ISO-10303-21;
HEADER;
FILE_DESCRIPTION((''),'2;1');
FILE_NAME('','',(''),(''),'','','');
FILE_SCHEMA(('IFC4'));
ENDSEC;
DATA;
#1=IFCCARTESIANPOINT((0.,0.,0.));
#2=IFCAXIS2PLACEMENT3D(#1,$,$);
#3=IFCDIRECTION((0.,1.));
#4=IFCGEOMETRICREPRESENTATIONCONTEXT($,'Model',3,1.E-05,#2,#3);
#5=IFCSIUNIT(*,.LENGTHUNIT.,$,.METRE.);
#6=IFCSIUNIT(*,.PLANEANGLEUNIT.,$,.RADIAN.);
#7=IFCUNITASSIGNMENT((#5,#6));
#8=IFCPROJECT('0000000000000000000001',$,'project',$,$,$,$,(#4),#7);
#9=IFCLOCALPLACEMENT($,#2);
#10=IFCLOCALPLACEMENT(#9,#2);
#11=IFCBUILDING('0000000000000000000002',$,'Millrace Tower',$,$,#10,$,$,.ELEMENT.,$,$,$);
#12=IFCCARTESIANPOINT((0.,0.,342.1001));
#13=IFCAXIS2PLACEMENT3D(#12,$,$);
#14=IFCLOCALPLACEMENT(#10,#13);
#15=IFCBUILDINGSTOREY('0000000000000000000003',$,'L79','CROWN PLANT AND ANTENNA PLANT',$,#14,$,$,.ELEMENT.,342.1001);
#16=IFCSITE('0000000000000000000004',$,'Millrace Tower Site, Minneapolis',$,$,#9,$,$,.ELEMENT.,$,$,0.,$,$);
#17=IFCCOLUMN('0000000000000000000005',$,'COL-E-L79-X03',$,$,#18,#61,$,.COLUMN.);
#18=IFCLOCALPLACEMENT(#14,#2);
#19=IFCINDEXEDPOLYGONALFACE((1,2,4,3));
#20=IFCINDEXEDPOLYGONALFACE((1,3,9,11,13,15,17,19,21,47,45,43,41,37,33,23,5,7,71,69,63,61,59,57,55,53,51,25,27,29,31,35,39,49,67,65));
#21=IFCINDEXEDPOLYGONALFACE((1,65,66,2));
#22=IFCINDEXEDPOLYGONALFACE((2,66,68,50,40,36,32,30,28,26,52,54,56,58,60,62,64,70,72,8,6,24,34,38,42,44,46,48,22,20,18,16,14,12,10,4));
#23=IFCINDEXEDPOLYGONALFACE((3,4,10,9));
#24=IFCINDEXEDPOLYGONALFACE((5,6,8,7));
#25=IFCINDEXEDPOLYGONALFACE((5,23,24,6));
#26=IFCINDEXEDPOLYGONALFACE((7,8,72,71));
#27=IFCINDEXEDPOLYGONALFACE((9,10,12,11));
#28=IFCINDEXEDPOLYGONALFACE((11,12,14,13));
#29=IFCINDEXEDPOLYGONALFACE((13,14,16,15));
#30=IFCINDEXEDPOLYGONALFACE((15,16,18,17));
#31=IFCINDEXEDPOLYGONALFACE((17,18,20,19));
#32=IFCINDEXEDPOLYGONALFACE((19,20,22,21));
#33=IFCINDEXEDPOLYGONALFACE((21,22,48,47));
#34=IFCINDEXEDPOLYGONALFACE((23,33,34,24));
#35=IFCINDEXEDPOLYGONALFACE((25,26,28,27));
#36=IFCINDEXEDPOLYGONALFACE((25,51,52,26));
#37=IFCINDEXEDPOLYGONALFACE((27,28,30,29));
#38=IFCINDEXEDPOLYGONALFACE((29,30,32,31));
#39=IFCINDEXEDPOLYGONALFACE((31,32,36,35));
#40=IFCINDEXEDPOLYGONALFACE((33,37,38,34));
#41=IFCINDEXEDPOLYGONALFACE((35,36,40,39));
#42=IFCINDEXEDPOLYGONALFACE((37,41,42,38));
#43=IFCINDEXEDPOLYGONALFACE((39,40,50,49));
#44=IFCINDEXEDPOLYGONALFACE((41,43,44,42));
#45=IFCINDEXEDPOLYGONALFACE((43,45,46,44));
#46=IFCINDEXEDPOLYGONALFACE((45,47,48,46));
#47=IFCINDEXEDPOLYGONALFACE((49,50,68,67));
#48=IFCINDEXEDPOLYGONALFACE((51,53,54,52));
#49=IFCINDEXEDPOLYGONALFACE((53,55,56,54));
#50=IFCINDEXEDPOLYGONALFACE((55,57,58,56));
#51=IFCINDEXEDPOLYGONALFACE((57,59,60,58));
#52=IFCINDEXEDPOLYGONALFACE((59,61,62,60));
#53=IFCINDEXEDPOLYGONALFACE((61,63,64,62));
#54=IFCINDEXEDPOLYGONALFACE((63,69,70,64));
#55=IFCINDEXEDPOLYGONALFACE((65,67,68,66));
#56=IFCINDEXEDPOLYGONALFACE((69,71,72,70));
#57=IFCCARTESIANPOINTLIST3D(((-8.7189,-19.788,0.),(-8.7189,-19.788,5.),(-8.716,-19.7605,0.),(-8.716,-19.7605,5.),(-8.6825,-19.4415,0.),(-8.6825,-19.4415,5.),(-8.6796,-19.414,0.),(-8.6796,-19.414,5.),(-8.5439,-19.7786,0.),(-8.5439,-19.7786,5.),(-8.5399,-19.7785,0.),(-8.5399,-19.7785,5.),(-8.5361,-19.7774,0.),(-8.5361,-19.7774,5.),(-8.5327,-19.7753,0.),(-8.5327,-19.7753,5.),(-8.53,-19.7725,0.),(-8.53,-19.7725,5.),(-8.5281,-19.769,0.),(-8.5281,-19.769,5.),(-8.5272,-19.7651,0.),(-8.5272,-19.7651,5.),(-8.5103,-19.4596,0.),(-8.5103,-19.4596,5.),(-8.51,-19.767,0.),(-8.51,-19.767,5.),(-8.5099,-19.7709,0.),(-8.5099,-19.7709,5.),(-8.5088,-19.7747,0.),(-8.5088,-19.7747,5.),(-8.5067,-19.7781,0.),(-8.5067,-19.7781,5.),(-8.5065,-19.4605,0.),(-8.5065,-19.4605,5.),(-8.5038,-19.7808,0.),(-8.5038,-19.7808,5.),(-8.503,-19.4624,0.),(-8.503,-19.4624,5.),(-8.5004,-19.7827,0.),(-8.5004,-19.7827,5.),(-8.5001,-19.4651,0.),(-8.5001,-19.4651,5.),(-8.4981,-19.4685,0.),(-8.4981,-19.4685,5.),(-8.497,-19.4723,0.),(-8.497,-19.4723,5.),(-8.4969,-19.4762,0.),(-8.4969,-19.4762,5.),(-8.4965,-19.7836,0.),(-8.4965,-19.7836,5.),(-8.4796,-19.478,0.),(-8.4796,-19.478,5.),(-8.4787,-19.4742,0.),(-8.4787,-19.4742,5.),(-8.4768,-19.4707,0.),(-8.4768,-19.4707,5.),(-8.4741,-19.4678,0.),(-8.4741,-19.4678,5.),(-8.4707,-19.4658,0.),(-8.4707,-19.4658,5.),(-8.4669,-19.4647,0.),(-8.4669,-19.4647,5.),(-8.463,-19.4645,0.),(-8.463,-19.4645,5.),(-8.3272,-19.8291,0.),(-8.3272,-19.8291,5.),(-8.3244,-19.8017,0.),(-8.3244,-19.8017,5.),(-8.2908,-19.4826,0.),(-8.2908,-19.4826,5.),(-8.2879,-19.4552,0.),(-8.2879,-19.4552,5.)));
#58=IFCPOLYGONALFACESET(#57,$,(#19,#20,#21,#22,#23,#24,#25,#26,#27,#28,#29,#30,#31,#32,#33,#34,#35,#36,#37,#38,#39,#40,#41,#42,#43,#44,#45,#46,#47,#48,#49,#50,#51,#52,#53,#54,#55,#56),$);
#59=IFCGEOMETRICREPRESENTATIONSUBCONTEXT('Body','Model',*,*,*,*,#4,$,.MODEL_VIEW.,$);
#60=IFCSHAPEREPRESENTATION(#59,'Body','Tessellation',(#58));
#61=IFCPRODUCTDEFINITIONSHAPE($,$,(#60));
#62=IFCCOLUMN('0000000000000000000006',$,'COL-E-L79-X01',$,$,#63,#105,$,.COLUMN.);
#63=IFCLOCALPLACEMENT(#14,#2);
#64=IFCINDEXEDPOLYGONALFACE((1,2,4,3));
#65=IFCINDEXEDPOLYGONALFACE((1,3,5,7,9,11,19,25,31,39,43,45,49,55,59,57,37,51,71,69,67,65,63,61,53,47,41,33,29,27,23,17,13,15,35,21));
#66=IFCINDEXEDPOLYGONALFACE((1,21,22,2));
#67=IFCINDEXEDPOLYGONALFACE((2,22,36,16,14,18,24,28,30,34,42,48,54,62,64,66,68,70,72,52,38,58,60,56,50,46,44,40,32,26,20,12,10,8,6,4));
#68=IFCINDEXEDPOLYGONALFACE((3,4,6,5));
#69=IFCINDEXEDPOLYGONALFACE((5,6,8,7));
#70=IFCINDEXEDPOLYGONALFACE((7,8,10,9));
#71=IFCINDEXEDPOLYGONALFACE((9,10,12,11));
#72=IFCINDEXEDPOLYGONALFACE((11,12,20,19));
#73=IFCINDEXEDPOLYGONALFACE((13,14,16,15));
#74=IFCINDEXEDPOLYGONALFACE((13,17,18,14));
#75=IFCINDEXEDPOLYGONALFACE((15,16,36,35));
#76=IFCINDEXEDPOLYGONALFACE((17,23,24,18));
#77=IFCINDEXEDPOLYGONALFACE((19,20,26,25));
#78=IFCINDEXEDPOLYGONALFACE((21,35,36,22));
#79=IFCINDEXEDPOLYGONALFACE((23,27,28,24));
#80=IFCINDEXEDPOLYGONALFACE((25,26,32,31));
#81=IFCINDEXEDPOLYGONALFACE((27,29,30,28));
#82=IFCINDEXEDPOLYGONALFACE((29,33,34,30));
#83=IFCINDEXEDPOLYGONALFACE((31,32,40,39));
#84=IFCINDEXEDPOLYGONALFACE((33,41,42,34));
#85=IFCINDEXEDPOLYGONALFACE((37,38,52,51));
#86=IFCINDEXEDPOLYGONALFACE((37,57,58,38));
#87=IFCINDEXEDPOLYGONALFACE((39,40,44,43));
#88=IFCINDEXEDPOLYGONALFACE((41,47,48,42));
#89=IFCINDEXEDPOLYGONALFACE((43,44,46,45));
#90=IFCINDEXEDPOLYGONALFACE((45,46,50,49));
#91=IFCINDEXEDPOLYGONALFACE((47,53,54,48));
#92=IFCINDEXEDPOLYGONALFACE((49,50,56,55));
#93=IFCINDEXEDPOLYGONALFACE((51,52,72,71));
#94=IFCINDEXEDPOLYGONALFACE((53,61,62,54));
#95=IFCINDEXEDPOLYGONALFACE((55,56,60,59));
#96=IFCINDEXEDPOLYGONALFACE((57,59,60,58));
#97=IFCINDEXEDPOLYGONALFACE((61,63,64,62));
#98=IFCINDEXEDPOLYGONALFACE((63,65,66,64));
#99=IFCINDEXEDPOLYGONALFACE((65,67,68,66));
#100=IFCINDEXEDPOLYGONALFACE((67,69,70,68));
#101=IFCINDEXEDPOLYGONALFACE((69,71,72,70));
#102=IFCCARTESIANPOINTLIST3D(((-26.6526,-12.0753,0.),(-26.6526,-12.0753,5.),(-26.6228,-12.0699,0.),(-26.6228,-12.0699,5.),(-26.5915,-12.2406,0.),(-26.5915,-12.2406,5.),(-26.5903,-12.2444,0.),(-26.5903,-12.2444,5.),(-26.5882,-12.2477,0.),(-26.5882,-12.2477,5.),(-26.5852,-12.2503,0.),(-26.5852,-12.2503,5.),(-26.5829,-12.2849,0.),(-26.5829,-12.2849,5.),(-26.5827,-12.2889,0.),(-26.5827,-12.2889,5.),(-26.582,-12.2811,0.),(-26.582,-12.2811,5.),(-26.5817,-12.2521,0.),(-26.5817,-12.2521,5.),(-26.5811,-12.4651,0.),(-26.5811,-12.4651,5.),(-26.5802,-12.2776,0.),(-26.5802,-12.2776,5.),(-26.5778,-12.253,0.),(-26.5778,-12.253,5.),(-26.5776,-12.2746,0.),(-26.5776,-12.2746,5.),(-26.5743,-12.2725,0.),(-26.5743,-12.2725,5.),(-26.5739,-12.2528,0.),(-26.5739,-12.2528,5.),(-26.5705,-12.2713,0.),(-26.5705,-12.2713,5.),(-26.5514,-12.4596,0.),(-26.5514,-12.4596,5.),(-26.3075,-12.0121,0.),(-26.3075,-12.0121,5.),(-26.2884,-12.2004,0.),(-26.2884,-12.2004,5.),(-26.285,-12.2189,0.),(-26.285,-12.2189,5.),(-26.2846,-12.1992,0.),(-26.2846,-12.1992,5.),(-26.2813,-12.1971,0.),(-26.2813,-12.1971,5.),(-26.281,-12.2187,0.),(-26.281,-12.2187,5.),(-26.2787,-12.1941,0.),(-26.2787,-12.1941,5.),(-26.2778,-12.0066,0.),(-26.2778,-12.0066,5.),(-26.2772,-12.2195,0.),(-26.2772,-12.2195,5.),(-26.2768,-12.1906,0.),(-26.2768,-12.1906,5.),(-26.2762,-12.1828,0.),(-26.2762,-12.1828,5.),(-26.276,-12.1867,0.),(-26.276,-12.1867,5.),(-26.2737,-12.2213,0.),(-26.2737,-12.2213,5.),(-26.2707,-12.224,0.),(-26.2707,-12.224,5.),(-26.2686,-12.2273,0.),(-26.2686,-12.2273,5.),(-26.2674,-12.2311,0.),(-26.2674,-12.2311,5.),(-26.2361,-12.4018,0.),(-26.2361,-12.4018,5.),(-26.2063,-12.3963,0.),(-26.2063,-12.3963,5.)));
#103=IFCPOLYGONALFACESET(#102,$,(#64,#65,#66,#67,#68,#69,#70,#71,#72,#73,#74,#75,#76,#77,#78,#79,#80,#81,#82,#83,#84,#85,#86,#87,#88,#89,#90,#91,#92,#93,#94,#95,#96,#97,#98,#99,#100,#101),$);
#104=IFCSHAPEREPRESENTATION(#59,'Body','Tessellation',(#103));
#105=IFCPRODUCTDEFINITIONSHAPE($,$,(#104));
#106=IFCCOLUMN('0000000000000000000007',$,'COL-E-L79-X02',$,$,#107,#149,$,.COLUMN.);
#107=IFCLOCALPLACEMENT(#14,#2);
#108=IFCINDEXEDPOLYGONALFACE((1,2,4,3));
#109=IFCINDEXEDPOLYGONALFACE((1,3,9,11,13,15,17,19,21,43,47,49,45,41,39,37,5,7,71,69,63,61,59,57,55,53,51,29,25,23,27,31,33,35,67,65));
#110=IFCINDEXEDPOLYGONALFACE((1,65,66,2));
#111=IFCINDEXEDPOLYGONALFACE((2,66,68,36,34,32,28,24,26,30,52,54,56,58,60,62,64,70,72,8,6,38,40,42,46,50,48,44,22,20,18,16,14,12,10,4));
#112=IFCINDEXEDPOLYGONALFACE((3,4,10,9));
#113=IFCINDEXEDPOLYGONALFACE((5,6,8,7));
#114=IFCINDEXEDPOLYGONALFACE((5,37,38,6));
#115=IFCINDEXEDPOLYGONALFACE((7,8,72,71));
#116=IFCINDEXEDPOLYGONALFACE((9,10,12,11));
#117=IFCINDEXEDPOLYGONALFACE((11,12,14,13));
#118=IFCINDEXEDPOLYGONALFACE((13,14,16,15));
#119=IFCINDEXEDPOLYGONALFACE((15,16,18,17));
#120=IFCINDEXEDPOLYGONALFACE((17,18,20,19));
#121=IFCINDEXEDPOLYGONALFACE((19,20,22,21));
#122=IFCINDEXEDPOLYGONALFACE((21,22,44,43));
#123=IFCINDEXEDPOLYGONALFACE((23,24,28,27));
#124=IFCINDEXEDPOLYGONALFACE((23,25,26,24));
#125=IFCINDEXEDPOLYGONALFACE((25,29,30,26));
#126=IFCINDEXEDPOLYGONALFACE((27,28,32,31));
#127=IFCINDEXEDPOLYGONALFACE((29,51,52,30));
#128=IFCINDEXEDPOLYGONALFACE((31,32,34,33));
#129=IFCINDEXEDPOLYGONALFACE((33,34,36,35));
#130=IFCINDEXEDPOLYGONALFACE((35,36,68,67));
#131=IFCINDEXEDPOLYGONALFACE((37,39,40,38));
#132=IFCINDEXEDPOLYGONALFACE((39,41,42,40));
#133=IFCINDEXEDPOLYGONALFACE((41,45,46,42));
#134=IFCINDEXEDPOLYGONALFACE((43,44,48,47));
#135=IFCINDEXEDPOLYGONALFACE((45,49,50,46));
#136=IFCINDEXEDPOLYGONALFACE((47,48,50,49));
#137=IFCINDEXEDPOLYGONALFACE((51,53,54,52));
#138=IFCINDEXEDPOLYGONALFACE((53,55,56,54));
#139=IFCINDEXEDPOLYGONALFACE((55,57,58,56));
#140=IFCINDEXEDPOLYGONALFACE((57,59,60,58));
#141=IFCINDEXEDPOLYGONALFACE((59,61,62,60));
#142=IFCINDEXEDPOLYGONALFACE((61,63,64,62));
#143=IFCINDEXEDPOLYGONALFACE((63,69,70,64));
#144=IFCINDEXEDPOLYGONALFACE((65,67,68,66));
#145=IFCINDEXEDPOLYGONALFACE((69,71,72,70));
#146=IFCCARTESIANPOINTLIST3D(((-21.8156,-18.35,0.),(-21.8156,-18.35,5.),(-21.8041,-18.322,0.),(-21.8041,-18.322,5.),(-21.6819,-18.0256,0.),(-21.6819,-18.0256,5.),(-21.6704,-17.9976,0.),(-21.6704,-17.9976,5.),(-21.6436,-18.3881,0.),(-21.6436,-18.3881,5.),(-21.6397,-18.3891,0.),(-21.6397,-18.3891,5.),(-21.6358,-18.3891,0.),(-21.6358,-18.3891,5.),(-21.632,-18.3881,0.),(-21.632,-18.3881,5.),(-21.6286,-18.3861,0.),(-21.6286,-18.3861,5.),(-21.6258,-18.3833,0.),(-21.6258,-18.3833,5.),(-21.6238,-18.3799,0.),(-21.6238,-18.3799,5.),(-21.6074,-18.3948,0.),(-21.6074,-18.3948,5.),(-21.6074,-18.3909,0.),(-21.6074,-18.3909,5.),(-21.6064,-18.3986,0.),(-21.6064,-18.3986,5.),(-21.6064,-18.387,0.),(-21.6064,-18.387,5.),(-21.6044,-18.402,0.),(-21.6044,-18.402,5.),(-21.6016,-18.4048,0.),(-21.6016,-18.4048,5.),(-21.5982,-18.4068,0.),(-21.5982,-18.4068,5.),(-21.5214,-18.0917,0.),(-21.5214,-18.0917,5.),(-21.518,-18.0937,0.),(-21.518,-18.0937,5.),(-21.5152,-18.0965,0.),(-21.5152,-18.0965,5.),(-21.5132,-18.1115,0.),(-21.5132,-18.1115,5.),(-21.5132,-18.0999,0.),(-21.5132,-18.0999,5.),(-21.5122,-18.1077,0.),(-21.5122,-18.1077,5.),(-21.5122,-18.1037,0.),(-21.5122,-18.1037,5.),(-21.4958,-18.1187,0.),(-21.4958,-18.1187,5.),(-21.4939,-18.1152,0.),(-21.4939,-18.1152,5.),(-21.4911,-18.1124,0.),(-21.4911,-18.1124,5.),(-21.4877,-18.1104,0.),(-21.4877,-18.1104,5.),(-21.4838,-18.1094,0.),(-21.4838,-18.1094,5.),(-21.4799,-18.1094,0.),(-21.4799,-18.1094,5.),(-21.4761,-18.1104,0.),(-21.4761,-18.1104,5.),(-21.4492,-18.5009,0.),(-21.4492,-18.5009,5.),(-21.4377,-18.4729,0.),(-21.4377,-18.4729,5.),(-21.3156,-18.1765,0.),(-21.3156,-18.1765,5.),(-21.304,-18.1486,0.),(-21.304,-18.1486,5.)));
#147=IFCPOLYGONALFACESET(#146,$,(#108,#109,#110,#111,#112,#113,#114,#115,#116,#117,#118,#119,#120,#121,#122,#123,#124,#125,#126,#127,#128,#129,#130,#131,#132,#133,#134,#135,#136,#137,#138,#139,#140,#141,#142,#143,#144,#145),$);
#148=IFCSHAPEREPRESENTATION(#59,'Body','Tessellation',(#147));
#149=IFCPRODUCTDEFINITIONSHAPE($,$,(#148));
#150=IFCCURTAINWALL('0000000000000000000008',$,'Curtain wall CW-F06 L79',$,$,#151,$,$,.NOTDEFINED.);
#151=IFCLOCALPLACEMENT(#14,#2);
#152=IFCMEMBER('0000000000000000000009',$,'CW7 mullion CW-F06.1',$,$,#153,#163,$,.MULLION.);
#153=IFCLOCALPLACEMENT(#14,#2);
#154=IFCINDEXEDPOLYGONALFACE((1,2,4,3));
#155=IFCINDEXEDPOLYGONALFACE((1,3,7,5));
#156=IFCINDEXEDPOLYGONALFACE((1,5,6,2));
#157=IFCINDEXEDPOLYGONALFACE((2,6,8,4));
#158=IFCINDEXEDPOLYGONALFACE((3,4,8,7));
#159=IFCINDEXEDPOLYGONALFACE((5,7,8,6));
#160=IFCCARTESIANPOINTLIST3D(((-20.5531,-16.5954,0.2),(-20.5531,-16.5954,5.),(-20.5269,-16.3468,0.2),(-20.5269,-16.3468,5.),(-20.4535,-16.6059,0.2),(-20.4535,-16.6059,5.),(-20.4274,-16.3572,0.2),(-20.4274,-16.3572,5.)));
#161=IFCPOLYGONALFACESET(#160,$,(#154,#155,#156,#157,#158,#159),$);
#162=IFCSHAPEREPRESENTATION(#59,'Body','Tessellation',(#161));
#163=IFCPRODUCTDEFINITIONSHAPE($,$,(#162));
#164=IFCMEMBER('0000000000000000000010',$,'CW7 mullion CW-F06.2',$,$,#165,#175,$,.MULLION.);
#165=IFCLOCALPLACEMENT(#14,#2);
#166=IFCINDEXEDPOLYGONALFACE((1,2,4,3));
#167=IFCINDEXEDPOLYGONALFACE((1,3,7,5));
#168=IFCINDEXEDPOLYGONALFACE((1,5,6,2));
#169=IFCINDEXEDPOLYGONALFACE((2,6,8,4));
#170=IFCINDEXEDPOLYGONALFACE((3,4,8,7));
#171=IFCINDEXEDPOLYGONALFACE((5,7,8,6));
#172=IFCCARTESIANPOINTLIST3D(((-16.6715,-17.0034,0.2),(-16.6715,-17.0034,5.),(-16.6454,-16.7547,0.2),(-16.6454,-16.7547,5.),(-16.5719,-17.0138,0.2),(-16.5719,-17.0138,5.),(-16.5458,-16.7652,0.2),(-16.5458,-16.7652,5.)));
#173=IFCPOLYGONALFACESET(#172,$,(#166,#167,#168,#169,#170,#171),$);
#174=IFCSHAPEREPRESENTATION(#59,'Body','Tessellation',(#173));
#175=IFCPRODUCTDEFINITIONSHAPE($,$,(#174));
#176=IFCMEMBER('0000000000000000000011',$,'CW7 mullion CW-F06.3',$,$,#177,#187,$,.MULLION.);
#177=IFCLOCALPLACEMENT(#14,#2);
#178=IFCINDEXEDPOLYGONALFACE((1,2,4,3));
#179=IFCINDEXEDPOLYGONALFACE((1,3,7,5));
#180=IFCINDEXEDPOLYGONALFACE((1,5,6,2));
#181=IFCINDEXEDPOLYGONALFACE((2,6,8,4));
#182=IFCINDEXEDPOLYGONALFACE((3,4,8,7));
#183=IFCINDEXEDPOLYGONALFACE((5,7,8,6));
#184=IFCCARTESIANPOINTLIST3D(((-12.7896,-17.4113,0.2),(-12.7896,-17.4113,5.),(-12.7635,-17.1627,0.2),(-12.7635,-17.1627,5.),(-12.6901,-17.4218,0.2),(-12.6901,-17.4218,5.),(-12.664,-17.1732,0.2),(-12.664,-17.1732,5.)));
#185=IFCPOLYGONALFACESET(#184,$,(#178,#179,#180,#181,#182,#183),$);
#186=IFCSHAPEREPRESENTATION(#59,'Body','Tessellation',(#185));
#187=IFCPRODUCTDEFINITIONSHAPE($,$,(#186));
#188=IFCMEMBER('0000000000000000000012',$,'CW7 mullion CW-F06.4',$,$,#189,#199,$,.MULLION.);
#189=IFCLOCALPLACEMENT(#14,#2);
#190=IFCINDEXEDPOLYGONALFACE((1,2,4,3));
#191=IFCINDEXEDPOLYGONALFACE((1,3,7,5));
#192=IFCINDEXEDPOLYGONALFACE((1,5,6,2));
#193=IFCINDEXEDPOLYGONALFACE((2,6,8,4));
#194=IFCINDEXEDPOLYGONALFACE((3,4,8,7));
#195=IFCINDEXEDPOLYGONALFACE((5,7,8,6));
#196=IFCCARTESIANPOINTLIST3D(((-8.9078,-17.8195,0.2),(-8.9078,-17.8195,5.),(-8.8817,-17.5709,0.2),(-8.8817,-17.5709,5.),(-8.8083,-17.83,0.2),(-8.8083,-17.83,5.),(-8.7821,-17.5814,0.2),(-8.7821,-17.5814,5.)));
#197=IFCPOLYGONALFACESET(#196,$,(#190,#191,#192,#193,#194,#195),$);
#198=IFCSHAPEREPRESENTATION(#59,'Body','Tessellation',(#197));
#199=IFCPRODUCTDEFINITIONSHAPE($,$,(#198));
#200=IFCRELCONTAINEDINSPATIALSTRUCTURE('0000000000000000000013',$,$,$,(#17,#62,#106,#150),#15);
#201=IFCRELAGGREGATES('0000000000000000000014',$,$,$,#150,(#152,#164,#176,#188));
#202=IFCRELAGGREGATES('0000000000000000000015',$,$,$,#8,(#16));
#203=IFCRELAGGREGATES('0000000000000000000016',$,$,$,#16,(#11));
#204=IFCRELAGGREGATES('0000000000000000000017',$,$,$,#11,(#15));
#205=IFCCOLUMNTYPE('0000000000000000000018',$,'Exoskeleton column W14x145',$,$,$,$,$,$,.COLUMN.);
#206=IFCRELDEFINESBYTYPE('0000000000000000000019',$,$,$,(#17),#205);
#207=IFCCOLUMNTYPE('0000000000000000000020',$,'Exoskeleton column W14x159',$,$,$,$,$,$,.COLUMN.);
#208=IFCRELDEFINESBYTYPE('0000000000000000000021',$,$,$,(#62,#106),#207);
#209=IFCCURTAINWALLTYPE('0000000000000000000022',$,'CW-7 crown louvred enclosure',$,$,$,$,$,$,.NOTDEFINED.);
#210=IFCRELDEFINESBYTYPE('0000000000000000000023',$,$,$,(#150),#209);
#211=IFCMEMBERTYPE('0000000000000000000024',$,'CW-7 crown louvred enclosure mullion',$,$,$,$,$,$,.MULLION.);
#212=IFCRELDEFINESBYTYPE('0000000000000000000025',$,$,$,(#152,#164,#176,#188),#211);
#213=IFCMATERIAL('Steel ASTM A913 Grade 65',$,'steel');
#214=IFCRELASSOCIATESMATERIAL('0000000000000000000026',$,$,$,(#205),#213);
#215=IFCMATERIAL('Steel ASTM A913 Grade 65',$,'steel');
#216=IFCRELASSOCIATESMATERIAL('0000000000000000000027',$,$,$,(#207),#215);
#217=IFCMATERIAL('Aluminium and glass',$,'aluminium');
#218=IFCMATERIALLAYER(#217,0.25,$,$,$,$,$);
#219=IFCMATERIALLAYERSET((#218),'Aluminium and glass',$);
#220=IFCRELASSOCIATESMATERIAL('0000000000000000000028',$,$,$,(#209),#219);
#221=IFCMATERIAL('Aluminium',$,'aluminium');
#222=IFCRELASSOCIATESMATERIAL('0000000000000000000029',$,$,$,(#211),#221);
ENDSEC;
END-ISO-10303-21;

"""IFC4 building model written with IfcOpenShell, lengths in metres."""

from ifc_helpers import new_model, si_unit, direction, frame, origin, origin_2d, place, context, subcontext, project, spatial, rectangle, i_section, extrude, material, layer, layer_set, material_profile, profile_set, type_object, element, aggregate, save


model = new_model("IFC4")

# Units and contexts
model_context = context("Model", 3, precision=1e-05, world=origin(), true_north=direction((0.0, 1.0)))
body_context = subcontext(model_context, "Body", "Model", "MODEL_VIEW")
ifc_project = project(units=[si_unit("LENGTHUNIT", "METRE"), si_unit("PLANEANGLEUNIT", "RADIAN")], contexts=[model_context])

# Site, building, storey
site_placement = place(None, origin())
site = spatial("IfcSite", under=ifc_project, at=site_placement, Name="Millrace Tower Site, Minneapolis", CompositionType="ELEMENT", RefElevation=0.0)
building_placement = place(site_placement, origin())
building = spatial("IfcBuilding", under=site, at=building_placement, Name="Millrace Tower", CompositionType="ELEMENT")
storey_placement = place(building_placement, frame((0.0, 0.0, 342.1001)))
storey = spatial("IfcBuildingStorey", under=building, at=storey_placement, Name="L79", Description="CROWN PLANT AND ANTENNA PLANT", CompositionType="ELEMENT", Elevation=342.1001)

# Columns
ifc_material_1 = material(Name="Steel ASTM A913 Grade 65", Category="steel")
ifc_material_profile_1 = material_profile(ifc_material_1, i_section(OverallWidth=0.3938, OverallDepth=0.376, WebThickness=0.0173, FlangeThickness=0.0276, FilletRadius=0.0151, at=origin_2d()))
ifc_profile_set_1 = profile_set([ifc_material_profile_1], Name="Steel ASTM A913 Grade 65")
column_type_1 = type_object("IfcColumnType", Name="Exoskeleton column W14x145", PredefinedType="COLUMN", material=ifc_profile_set_1)
column_placement = place(storey_placement, frame((-8.5034, -19.6216, 0.0), z_axis=(0.0, 0.0, 1.0), x_axis=(0.994522, -0.104528, 0.0)))
element("IfcColumn", 1, at=column_placement, inside=storey, type_object=column_type_1, Name="COL-E-L79-X03", PredefinedType="COLUMN", context=body_context, shape_type="SweptSolid", body=[
    extrude(i_section(OverallWidth=0.3938, OverallDepth=0.376, WebThickness=0.0173, FlangeThickness=0.0276, FilletRadius=0.0151, at=origin_2d()), origin(), (0.0, 0.0, 1.0), 5.0),
])
ifc_material_2 = material(Name="Steel ASTM A913 Grade 65", Category="steel")
ifc_material_profile_2 = material_profile(ifc_material_2, i_section(OverallWidth=0.3962, OverallDepth=0.3811, WebThickness=0.0188, FlangeThickness=0.0303, FilletRadius=0.0151, at=origin_2d()))
ifc_profile_set_2 = profile_set([ifc_material_profile_2], Name="Steel ASTM A913 Grade 65")
column_type_2 = type_object("IfcColumnType", Name="Exoskeleton column W14x159", PredefinedType="COLUMN", material=ifc_profile_set_2)
for number, where, z_axis, x_axis, name in (
    (2, (-26.4294, -12.2358, 0.0), (0.0, 0.0, 1.0), (0.180387, -0.983596, 0.0), "COL-E-L79-X01"),
    (3, (-21.5598, -18.2493, 0.0), (0.0, 0.0, 1.0), (0.924597, -0.380947, 0.0), "COL-E-L79-X02"),
):
    element("IfcColumn", number, at=place(storey_placement, frame(where, z_axis=z_axis, x_axis=x_axis)), inside=storey, type_object=column_type_2, Name=name, PredefinedType="COLUMN", context=body_context, shape_type="SweptSolid", body=[
        extrude(i_section(OverallWidth=0.3962, OverallDepth=0.3811, WebThickness=0.0188, FlangeThickness=0.0303, FilletRadius=0.0151, at=origin_2d()), origin(), (0.0, 0.0, 1.0), 5.0),
    ])

# Curtain wall, members
ifc_material_3 = material(Name="Aluminium and glass", Category="aluminium")
ifc_layer_1 = layer(ifc_material_3, 0.25)
ifc_layer_set_1 = layer_set([ifc_layer_1], Name="Aluminium and glass")
curtain_wall_type = type_object("IfcCurtainWallType", Name="CW-7 crown louvred enclosure", PredefinedType="NOTDEFINED", material=ifc_layer_set_1)
placement = place(storey_placement, origin())
curtain_wall_1 = element("IfcCurtainWall", 4, at=placement, inside=storey, type_object=curtain_wall_type, Name="Curtain wall CW-F06 L79", PredefinedType="NOTDEFINED")
ifc_material_4 = material(Name="Aluminium", Category="aluminium")
ifc_material_profile_3 = material_profile(ifc_material_4, rectangle(XDim=0.1001, YDim=0.25, at=origin_2d()))
ifc_profile_set_3 = profile_set([ifc_material_profile_3], Name="Aluminium")
member_type_1 = type_object("IfcMemberType", Name="CW-7 crown louvred enclosure mullion", PredefinedType="MULLION", material=ifc_profile_set_3)
member_1_placement = place(storey_placement, frame((-20.4902, -16.4763, 0.2), z_axis=(0.0, 0.0, 1.0), x_axis=(0.994522, -0.104528, 0.0)))
member_1 = element("IfcMember", 5, at=member_1_placement, type_object=member_type_1, Name="CW7 mullion CW-F06.1", PredefinedType="MULLION", context=body_context, shape_type="SweptSolid", body=[
    extrude(rectangle(XDim=0.1001, YDim=0.25, at=origin_2d()), origin(), (0.0, 0.0, 1.0), 4.8),
])
member_2_placement = place(storey_placement, frame((-16.6086, -16.8843, 0.2), z_axis=(0.0, 0.0, 1.0), x_axis=(0.994522, -0.104528, 0.0)))
member_2 = element("IfcMember", 6, at=member_2_placement, type_object=member_type_1, Name="CW7 mullion CW-F06.2", PredefinedType="MULLION", context=body_context, shape_type="SweptSolid", body=[
    extrude(rectangle(XDim=0.1001, YDim=0.25, at=origin_2d()), origin(), (0.0, 0.0, 1.0), 4.8),
])
member_3_placement = place(storey_placement, frame((-12.7268, -17.2922, 0.2), z_axis=(0.0, 0.0, 1.0), x_axis=(0.994522, -0.104528, 0.0)))
member_3 = element("IfcMember", 7, at=member_3_placement, type_object=member_type_1, Name="CW7 mullion CW-F06.3", PredefinedType="MULLION", context=body_context, shape_type="SweptSolid", body=[
    extrude(rectangle(XDim=0.1001, YDim=0.25, at=origin_2d()), origin(), (0.0, 0.0, 1.0), 4.8),
])
member_4_placement = place(storey_placement, frame((-8.845, -17.7004, 0.2), z_axis=(0.0, 0.0, 1.0), x_axis=(0.994522, -0.104528, 0.0)))
member_4 = element("IfcMember", 8, at=member_4_placement, type_object=member_type_1, Name="CW7 mullion CW-F06.4", PredefinedType="MULLION", context=body_context, shape_type="SweptSolid", body=[
    extrude(rectangle(XDim=0.1001, YDim=0.25, at=origin_2d()), origin(), (0.0, 0.0, 1.0), 4.8),
])

aggregate(curtain_wall_1, [member_1, member_2, member_3, member_4])

save(model, "model.ifc")
